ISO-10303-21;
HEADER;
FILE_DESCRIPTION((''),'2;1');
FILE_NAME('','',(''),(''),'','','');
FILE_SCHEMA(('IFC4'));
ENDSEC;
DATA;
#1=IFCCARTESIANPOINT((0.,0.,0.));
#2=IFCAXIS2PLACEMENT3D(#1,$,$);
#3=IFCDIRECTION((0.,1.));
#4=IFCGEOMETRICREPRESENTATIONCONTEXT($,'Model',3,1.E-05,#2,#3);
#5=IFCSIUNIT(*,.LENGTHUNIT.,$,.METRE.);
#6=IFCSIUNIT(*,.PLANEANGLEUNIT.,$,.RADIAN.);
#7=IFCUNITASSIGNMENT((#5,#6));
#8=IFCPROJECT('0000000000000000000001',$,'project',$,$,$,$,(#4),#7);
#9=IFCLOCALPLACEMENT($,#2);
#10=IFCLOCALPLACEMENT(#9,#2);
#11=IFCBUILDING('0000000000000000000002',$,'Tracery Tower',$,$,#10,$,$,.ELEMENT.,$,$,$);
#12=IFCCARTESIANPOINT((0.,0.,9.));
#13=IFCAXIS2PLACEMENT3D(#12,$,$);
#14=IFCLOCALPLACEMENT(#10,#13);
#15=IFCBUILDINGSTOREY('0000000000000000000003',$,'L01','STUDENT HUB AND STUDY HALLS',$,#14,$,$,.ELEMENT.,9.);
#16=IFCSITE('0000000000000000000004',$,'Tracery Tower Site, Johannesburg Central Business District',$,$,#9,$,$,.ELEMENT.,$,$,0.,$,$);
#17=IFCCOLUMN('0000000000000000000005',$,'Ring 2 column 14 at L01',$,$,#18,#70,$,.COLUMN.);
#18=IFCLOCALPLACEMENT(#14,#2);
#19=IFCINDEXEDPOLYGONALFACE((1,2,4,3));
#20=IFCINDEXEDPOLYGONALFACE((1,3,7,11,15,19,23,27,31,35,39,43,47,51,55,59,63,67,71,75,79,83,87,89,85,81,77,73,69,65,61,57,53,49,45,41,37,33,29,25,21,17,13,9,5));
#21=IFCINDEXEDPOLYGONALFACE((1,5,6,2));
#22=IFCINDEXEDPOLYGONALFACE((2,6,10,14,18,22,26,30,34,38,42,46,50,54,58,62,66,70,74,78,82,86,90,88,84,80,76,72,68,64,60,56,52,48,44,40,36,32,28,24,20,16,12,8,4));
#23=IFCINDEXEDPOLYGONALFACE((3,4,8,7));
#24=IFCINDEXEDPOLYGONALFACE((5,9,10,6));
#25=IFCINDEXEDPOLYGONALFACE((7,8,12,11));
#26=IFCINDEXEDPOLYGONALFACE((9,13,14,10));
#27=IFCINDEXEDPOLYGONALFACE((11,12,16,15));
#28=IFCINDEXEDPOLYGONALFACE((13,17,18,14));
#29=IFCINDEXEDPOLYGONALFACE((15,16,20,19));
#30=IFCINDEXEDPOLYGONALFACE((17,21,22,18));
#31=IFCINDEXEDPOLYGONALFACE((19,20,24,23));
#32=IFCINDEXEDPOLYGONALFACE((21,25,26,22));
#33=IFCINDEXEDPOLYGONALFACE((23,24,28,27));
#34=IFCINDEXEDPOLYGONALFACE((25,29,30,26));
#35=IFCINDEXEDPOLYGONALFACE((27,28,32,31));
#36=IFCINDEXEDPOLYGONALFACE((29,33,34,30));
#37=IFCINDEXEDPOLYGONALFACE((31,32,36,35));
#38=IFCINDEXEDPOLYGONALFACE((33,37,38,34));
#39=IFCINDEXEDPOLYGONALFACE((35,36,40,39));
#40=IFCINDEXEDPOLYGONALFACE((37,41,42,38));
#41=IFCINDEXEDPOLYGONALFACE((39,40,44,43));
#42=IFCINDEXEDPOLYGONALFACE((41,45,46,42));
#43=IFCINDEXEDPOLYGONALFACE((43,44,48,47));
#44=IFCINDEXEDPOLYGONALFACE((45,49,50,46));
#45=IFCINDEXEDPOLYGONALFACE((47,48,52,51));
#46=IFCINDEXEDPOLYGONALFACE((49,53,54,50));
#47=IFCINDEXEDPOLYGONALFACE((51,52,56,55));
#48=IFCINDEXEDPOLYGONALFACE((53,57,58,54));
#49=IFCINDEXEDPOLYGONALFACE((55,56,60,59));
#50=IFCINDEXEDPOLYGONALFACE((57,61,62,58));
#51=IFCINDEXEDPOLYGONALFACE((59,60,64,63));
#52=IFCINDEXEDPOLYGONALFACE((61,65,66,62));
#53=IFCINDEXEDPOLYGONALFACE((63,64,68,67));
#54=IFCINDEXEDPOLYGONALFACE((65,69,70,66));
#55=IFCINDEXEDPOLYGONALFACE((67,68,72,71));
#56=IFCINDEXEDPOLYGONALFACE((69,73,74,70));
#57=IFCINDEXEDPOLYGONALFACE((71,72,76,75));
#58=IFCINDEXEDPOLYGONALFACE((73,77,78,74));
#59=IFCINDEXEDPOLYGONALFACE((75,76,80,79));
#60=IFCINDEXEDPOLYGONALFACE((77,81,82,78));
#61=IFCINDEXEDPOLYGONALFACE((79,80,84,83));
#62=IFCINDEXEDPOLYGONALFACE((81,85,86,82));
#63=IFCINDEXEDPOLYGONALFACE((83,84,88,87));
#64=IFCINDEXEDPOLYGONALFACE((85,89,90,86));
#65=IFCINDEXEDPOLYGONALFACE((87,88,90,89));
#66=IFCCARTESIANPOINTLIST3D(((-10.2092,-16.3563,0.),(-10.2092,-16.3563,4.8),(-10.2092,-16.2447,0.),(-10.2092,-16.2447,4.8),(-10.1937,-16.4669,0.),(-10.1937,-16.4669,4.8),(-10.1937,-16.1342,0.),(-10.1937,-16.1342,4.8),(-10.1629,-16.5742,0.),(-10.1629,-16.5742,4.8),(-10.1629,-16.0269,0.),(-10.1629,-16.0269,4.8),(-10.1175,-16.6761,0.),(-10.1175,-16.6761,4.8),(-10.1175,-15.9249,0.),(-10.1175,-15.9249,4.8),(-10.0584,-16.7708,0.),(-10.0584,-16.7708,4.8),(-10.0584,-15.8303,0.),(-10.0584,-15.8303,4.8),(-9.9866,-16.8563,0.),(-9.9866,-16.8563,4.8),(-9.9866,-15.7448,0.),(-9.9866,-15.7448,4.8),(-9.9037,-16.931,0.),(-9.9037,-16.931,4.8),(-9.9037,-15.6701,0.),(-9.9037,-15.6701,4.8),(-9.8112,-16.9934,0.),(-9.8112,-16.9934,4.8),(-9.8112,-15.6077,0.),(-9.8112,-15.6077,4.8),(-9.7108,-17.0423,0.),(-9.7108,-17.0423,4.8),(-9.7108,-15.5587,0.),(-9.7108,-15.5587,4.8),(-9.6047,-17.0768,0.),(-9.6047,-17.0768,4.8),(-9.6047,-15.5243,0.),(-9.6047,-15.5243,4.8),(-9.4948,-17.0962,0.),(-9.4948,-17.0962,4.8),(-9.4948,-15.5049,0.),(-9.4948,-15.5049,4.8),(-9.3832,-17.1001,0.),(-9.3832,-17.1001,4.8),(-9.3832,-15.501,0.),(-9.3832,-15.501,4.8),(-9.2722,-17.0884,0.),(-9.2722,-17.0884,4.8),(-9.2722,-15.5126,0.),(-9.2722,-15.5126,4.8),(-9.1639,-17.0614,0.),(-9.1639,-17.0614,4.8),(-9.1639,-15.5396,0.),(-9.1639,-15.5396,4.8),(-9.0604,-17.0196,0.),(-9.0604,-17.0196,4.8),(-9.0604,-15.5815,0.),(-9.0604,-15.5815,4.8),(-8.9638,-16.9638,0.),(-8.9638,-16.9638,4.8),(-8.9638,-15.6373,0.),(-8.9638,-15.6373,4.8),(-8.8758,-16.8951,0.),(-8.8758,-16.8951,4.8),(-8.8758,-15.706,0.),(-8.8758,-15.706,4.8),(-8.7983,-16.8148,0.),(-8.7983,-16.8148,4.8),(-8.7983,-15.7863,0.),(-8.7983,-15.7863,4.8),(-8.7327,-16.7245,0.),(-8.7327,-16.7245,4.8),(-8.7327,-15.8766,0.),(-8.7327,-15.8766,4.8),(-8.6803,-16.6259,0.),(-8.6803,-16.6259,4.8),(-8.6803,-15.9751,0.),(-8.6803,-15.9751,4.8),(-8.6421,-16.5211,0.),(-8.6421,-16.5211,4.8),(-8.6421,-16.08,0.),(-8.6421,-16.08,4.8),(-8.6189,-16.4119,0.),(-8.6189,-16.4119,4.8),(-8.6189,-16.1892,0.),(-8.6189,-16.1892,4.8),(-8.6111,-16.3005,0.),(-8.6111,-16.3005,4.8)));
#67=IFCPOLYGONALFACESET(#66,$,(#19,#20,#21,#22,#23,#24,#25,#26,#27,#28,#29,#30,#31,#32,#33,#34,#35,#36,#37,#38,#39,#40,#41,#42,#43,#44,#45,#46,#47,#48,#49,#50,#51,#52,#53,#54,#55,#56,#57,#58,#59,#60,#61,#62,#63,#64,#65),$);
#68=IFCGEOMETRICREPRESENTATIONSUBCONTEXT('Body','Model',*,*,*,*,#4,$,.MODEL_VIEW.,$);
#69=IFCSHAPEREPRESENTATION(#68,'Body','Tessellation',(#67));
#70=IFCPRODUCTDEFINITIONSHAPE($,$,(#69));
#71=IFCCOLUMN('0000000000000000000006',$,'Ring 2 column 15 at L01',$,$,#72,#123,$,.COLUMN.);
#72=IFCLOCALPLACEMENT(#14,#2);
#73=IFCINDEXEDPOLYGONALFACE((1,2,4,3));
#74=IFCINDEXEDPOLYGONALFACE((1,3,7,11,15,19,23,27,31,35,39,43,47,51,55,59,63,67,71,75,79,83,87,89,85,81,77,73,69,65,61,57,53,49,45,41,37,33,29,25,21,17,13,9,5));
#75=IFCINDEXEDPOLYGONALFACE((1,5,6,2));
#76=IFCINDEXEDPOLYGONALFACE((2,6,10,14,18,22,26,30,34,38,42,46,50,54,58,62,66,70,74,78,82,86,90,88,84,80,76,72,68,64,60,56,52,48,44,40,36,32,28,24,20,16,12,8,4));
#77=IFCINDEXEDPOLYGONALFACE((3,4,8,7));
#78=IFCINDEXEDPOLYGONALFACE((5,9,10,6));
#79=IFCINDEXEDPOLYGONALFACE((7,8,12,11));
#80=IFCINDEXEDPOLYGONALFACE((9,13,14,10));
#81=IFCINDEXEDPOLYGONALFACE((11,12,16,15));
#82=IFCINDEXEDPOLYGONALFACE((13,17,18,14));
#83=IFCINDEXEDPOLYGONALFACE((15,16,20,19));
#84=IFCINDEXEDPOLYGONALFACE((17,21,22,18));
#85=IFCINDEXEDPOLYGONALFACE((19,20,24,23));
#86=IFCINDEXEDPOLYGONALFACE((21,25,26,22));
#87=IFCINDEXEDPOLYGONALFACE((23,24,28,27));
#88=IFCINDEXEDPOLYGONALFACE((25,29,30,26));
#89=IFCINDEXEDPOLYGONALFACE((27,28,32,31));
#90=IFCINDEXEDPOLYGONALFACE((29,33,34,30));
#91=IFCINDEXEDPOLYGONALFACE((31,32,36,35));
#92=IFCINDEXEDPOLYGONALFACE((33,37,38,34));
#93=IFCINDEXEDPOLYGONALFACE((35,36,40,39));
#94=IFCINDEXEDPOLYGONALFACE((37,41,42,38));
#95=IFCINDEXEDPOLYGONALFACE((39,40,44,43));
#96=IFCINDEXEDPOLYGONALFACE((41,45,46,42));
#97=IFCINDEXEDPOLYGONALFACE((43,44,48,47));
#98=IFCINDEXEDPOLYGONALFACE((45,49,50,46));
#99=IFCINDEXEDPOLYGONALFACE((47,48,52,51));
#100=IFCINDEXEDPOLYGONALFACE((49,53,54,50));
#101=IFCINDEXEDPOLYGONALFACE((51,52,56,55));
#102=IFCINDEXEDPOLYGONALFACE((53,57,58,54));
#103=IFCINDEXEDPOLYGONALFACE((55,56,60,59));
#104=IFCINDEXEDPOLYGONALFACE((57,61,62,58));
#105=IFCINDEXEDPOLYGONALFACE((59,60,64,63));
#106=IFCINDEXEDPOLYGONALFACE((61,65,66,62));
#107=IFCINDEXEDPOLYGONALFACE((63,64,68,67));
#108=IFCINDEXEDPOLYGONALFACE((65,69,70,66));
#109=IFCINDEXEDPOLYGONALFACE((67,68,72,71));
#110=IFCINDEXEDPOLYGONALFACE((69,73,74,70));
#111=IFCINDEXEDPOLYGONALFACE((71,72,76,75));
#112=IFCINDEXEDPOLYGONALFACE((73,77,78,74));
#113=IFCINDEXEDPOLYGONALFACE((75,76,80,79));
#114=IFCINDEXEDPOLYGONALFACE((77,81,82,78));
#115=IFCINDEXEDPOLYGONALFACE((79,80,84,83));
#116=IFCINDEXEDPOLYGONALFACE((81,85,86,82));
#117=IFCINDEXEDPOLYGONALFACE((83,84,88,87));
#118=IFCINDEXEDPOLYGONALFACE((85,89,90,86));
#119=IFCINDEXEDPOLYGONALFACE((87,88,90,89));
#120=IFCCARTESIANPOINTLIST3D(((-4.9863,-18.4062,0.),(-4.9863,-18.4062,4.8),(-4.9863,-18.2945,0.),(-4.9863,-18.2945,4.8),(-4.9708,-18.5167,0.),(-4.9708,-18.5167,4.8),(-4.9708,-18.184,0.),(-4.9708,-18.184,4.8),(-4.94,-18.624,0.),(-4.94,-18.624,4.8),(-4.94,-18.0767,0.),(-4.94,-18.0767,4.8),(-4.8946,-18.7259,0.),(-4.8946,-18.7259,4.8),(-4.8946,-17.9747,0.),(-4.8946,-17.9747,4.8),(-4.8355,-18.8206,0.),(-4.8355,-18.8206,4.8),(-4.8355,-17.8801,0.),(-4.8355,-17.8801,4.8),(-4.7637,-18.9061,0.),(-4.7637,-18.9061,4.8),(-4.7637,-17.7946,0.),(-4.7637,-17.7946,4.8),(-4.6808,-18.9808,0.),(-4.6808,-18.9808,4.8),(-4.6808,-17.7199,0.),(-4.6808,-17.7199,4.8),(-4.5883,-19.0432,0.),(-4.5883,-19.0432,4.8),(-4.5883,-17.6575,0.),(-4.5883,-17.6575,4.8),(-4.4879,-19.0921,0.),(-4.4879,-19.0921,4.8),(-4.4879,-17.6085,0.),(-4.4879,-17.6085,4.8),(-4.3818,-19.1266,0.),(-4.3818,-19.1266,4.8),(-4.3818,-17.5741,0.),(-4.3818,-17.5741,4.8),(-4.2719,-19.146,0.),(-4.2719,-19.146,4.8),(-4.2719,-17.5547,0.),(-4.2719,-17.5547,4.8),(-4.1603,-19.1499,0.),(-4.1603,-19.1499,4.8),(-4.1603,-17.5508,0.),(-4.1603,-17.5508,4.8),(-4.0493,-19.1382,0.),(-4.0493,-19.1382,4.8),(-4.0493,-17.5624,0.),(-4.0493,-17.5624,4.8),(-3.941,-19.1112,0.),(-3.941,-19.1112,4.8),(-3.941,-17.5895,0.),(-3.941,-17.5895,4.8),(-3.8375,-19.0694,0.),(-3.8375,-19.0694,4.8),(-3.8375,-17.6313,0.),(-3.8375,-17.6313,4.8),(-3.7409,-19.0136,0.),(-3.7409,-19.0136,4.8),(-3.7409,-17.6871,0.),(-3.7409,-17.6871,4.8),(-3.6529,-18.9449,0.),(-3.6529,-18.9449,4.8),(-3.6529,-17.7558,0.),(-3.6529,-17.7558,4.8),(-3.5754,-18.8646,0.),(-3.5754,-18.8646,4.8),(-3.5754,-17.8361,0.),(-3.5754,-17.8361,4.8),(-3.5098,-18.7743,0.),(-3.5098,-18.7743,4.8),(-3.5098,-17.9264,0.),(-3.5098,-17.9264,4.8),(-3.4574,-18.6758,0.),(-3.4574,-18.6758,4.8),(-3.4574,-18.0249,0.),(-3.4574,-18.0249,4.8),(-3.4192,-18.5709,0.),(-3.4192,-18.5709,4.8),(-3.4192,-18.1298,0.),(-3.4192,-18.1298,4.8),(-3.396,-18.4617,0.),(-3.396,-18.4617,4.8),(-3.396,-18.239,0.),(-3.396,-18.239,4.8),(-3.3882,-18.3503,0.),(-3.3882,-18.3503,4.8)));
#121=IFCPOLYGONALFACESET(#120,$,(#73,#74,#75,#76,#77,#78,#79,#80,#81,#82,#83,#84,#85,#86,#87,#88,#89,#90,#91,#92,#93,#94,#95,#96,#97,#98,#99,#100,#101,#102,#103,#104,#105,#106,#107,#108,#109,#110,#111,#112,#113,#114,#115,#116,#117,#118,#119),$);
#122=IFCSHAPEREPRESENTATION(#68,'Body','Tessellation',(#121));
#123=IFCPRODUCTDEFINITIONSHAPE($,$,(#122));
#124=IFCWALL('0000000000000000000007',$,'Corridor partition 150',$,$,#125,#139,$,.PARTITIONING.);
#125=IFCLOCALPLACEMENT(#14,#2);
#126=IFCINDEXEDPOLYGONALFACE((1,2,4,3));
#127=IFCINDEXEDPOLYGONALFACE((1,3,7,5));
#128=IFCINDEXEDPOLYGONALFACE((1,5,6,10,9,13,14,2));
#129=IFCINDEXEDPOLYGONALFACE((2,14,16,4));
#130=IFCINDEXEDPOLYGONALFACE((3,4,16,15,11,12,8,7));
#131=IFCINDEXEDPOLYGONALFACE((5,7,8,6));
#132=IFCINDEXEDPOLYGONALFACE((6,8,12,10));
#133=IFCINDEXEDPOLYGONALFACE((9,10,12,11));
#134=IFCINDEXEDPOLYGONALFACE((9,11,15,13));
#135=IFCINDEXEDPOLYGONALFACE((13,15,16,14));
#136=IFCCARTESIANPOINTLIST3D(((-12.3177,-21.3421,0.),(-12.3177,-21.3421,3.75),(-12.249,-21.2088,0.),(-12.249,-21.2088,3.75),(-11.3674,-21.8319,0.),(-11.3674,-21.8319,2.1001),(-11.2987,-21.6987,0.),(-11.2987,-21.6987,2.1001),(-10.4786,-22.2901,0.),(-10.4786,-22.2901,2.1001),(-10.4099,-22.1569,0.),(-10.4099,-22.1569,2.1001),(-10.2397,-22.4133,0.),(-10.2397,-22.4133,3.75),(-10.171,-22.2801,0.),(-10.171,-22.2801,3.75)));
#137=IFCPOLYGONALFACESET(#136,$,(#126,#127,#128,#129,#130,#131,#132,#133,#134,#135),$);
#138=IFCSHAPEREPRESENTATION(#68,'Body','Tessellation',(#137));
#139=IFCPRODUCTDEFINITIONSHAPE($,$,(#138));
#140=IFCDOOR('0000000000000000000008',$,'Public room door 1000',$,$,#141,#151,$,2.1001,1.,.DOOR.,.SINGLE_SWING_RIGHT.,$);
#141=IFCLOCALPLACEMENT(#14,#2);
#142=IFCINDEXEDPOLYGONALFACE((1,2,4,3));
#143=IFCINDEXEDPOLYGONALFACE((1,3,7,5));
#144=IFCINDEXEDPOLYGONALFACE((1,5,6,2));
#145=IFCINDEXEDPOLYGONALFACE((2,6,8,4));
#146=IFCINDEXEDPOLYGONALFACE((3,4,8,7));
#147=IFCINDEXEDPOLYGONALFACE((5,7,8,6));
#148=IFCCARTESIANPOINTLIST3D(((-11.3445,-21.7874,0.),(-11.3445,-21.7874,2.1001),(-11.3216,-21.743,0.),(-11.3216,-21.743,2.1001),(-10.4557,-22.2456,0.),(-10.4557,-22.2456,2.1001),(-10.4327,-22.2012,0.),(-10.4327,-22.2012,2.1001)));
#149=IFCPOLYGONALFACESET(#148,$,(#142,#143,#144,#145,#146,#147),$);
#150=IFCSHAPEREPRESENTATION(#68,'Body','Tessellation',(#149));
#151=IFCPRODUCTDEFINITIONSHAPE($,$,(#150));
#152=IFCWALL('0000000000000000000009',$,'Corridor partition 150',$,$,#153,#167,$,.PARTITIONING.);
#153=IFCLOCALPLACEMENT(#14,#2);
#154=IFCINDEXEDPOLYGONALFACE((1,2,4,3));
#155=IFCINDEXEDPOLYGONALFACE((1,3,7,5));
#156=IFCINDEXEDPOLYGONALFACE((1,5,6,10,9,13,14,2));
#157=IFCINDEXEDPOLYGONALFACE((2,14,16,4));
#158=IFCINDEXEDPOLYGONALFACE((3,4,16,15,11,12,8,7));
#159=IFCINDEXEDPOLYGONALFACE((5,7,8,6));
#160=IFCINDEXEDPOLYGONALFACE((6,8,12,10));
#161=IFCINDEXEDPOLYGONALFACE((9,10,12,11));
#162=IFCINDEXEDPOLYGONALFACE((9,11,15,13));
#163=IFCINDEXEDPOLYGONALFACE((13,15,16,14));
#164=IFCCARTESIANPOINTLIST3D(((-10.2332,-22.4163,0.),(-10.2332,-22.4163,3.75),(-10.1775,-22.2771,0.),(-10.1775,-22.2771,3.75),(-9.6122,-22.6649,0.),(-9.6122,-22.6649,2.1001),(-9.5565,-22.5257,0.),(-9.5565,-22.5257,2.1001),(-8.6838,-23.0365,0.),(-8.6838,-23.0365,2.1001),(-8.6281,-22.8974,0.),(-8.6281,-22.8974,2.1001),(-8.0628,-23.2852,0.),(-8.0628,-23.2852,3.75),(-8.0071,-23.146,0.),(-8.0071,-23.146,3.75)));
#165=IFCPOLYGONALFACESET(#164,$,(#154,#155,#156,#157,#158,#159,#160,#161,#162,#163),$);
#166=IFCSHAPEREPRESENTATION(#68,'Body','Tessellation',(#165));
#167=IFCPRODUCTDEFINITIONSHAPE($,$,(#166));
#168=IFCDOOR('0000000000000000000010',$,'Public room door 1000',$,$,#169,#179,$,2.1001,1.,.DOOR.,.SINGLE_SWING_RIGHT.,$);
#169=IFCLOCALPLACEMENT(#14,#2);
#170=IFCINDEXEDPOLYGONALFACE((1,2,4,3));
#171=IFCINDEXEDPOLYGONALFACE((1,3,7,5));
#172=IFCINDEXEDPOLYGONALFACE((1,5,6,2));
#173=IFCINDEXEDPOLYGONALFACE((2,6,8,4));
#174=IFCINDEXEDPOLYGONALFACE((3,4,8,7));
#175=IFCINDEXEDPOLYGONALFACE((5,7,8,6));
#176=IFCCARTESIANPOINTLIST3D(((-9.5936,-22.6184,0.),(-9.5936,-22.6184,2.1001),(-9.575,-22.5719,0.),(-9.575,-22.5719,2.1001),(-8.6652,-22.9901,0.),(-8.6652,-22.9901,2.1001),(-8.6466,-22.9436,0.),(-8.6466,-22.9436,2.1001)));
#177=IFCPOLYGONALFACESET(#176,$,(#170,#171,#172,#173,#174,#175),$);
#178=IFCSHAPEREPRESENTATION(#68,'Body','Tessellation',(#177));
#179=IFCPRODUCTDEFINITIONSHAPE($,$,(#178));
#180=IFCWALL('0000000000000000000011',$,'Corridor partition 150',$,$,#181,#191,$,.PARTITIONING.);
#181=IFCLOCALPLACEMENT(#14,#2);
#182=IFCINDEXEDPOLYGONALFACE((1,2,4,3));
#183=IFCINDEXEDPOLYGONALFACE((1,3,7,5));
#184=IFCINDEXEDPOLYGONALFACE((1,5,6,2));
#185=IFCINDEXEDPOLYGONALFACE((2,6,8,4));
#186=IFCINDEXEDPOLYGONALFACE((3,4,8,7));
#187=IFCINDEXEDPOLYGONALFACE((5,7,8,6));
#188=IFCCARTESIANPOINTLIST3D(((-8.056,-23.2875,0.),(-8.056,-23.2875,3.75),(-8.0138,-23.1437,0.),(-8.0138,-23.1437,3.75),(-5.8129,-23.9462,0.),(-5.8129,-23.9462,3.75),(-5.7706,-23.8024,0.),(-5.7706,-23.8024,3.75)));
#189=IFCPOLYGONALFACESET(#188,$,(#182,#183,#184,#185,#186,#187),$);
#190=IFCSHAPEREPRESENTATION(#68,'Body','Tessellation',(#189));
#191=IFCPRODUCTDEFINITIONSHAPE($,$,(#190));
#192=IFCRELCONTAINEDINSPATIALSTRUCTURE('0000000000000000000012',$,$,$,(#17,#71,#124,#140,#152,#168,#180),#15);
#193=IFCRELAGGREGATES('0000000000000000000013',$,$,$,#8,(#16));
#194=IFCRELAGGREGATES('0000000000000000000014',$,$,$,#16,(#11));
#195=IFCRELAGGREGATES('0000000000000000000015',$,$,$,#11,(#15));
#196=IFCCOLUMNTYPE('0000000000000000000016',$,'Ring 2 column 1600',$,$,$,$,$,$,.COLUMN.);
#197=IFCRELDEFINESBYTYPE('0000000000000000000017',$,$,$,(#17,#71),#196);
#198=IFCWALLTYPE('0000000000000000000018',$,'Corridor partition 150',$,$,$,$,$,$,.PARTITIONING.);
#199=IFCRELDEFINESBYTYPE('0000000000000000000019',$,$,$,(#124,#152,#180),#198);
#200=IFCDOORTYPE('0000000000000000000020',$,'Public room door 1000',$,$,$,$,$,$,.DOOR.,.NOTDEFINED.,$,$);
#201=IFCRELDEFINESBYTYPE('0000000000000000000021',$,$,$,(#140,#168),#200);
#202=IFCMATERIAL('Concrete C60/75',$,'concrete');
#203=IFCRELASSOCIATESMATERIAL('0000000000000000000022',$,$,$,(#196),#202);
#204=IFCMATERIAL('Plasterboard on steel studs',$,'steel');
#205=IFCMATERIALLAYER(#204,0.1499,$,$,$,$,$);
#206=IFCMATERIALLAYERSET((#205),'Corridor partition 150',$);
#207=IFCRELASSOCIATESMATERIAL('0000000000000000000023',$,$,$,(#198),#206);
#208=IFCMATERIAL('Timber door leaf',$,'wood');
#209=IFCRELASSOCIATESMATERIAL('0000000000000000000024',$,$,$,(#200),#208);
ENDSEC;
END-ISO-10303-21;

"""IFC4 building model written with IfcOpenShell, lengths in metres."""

from ifc_helpers import new_model, si_unit, direction, frame, frame_2d, origin, origin_2d, place, context, subcontext, project, spatial, rectangle, circle, extrude, material, layer, layer_set, material_profile, profile_set, type_object, element, fill, save


model = new_model("IFC4")

# Units and contexts
model_context = context("Model", 3, precision=1e-05, world=origin(), true_north=direction((0.0, 1.0)))
body_context = subcontext(model_context, "Body", "Model", "MODEL_VIEW")
ifc_project = project(units=[si_unit("LENGTHUNIT", "METRE"), si_unit("PLANEANGLEUNIT", "RADIAN")], contexts=[model_context])

# Site, building, storey
site_placement = place(None, origin())
site = spatial("IfcSite", under=ifc_project, at=site_placement, Name="Tracery Tower Site, Johannesburg Central Business District", CompositionType="ELEMENT", RefElevation=0.0)
building_placement = place(site_placement, origin())
building = spatial("IfcBuilding", under=site, at=building_placement, Name="Tracery Tower", CompositionType="ELEMENT")
storey_placement = place(building_placement, frame((0.0, 0.0, 9.0)))
storey = spatial("IfcBuildingStorey", under=building, at=storey_placement, Name="L01", Description="STUDENT HUB AND STUDY HALLS", CompositionType="ELEMENT", Elevation=9.0)

# Columns
ifc_material_1 = material(Name="Concrete C60/75", Category="concrete")
ifc_material_profile_1 = material_profile(ifc_material_1, circle(Radius=0.8, at=origin_2d()), Name="RC D1600")
ifc_profile_set_1 = profile_set([ifc_material_profile_1], Name="Concrete C60/75")
column_type_1 = type_object("IfcColumnType", Name="Ring 2 column 1600", PredefinedType="COLUMN", material=ifc_profile_set_1)
for number, where, z_axis, x_axis, name in (
    (1, (-9.4111, -16.3005, 0.0), (0.0, 0.0, 1.0), (1.0, 0.0, 0.0), "Ring 2 column 14 at L01"),
    (2, (-4.1882, -18.3503, 0.0), (0.0, 0.0, 1.0), (1.0, 0.0, 0.0), "Ring 2 column 15 at L01"),
):
    element("IfcColumn", number, at=place(storey_placement, frame(where, z_axis=z_axis, x_axis=x_axis)), inside=storey, type_object=column_type_1, Name=name, PredefinedType="COLUMN", context=body_context, shape_type="SweptSolid", body=[
        extrude(circle(Radius=0.8, at=origin_2d()), origin(), (0.0, 0.0, 1.0), 4.8),
    ])

# Walls, openings, doors
ifc_material_2 = material(Name="Plasterboard on steel studs", Category="steel")
ifc_layer_1 = layer(ifc_material_2, 0.1499)
ifc_layer_set_1 = layer_set([ifc_layer_1], Name="Corridor partition 150")
wall_type_1 = type_object("IfcWallType", Name="Corridor partition 150", PredefinedType="PARTITIONING", material=ifc_layer_set_1)
wall_1_placement = place(storey_placement, frame((-10.2053, -22.3467, 0.0), z_axis=(0.0, 0.0, 1.0), x_axis=(-0.888846, 0.458207, 0.0)))
wall_1 = element("IfcWall", 3, at=wall_1_placement, inside=storey, type_object=wall_type_1, Name="Corridor partition 150", PredefinedType="PARTITIONING", context=body_context, shape_type="SweptSolid", body=[
    extrude(rectangle(XDim=2.3379, YDim=0.1499, at=frame_2d((1.1689, 0.0))), origin(), (0.0, 0.0, 1.0), 3.75),
])
opening_1_placement = place(wall_1_placement, frame((0.2688, 0.0, 0.0)))
opening_1 = element("IfcOpeningElement", 4, at=opening_1_placement, cuts=wall_1, PredefinedType="OPENING", context=body_context, shape_type="SweptSolid", body=[
    extrude(rectangle(XDim=1.0, YDim=2.1001, at=frame_2d((0.5, 1.05))), frame((0.0, 0.075, 0.0), z_axis=(0.0, -1.0, 0.0), x_axis=(1.0, 0.0, 0.0)), (0.0, 0.0, 1.0), 0.1499),
])
ifc_material_3 = material(Name="Timber door leaf", Category="wood")
door_type_1 = type_object("IfcDoorType", Name="Public room door 1000", OperationType="NOTDEFINED", PredefinedType="DOOR", material=ifc_material_3)
door_1_placement = place(opening_1_placement, origin())
door_1 = element("IfcDoor", 5, at=door_1_placement, inside=storey, type_object=door_type_1, Name="Public room door 1000", OperationType="SINGLE_SWING_RIGHT", OverallHeight=2.1001, OverallWidth=1.0, PredefinedType="DOOR", context=body_context, shape_type="SweptSolid", body=[
    extrude(rectangle(XDim=1.0, YDim=2.1001, at=frame_2d((0.5, 1.05))), frame((0.0, 0.0249, 0.0), z_axis=(0.0, -1.0, 0.0), x_axis=(1.0, 0.0, 0.0)), (0.0, 0.0, 1.0), 0.05),
])
fill(opening_1, door_1)
wall_2_placement = place(storey_placement, frame((-8.0349, -23.2156, 0.0), z_axis=(0.0, 0.0, 1.0), x_axis=(-0.928369, 0.371661, 0.0)))
wall_2 = element("IfcWall", 6, at=wall_2_placement, inside=storey, type_object=wall_type_1, Name="Corridor partition 150", PredefinedType="PARTITIONING", context=body_context, shape_type="SweptSolid", body=[
    extrude(rectangle(XDim=2.3379, YDim=0.1499, at=frame_2d((1.1689, 0.0))), origin(), (0.0, 0.0, 1.0), 3.75),
])
opening_2_placement = place(wall_2_placement, frame((0.6689, 0.0, 0.0)))
opening_2 = element("IfcOpeningElement", 7, at=opening_2_placement, cuts=wall_2, PredefinedType="OPENING", context=body_context, shape_type="SweptSolid", body=[
    extrude(rectangle(XDim=1.0, YDim=2.1001, at=frame_2d((0.5, 1.05))), frame((0.0, 0.075, 0.0), z_axis=(0.0, -1.0, 0.0), x_axis=(1.0, 0.0, 0.0)), (0.0, 0.0, 1.0), 0.1499),
])
door_2_placement = place(opening_2_placement, origin())
door_2 = element("IfcDoor", 8, at=door_2_placement, inside=storey, type_object=door_type_1, Name="Public room door 1000", OperationType="SINGLE_SWING_RIGHT", OverallHeight=2.1001, OverallWidth=1.0, PredefinedType="DOOR", context=body_context, shape_type="SweptSolid", body=[
    extrude(rectangle(XDim=1.0, YDim=2.1001, at=frame_2d((0.5, 1.05))), frame((0.0, 0.0249, 0.0), z_axis=(0.0, -1.0, 0.0), x_axis=(1.0, 0.0, 0.0)), (0.0, 0.0, 1.0), 0.05),
])
fill(opening_2, door_2)

# Wall
wall_3_placement = place(storey_placement, frame((-8.0349, -23.2156, 0.0), z_axis=(0.0, 0.0, 1.0), x_axis=(0.959488, -0.281748, 0.0)))
element("IfcWall", 9, at=wall_3_placement, inside=storey, type_object=wall_type_1, Name="Corridor partition 150", PredefinedType="PARTITIONING", context=body_context, shape_type="SweptSolid", body=[
    extrude(rectangle(XDim=2.3379, YDim=0.1499, at=frame_2d((1.1689, 0.0))), origin(), (0.0, 0.0, 1.0), 3.75),
])

save(model, "model.ifc")
